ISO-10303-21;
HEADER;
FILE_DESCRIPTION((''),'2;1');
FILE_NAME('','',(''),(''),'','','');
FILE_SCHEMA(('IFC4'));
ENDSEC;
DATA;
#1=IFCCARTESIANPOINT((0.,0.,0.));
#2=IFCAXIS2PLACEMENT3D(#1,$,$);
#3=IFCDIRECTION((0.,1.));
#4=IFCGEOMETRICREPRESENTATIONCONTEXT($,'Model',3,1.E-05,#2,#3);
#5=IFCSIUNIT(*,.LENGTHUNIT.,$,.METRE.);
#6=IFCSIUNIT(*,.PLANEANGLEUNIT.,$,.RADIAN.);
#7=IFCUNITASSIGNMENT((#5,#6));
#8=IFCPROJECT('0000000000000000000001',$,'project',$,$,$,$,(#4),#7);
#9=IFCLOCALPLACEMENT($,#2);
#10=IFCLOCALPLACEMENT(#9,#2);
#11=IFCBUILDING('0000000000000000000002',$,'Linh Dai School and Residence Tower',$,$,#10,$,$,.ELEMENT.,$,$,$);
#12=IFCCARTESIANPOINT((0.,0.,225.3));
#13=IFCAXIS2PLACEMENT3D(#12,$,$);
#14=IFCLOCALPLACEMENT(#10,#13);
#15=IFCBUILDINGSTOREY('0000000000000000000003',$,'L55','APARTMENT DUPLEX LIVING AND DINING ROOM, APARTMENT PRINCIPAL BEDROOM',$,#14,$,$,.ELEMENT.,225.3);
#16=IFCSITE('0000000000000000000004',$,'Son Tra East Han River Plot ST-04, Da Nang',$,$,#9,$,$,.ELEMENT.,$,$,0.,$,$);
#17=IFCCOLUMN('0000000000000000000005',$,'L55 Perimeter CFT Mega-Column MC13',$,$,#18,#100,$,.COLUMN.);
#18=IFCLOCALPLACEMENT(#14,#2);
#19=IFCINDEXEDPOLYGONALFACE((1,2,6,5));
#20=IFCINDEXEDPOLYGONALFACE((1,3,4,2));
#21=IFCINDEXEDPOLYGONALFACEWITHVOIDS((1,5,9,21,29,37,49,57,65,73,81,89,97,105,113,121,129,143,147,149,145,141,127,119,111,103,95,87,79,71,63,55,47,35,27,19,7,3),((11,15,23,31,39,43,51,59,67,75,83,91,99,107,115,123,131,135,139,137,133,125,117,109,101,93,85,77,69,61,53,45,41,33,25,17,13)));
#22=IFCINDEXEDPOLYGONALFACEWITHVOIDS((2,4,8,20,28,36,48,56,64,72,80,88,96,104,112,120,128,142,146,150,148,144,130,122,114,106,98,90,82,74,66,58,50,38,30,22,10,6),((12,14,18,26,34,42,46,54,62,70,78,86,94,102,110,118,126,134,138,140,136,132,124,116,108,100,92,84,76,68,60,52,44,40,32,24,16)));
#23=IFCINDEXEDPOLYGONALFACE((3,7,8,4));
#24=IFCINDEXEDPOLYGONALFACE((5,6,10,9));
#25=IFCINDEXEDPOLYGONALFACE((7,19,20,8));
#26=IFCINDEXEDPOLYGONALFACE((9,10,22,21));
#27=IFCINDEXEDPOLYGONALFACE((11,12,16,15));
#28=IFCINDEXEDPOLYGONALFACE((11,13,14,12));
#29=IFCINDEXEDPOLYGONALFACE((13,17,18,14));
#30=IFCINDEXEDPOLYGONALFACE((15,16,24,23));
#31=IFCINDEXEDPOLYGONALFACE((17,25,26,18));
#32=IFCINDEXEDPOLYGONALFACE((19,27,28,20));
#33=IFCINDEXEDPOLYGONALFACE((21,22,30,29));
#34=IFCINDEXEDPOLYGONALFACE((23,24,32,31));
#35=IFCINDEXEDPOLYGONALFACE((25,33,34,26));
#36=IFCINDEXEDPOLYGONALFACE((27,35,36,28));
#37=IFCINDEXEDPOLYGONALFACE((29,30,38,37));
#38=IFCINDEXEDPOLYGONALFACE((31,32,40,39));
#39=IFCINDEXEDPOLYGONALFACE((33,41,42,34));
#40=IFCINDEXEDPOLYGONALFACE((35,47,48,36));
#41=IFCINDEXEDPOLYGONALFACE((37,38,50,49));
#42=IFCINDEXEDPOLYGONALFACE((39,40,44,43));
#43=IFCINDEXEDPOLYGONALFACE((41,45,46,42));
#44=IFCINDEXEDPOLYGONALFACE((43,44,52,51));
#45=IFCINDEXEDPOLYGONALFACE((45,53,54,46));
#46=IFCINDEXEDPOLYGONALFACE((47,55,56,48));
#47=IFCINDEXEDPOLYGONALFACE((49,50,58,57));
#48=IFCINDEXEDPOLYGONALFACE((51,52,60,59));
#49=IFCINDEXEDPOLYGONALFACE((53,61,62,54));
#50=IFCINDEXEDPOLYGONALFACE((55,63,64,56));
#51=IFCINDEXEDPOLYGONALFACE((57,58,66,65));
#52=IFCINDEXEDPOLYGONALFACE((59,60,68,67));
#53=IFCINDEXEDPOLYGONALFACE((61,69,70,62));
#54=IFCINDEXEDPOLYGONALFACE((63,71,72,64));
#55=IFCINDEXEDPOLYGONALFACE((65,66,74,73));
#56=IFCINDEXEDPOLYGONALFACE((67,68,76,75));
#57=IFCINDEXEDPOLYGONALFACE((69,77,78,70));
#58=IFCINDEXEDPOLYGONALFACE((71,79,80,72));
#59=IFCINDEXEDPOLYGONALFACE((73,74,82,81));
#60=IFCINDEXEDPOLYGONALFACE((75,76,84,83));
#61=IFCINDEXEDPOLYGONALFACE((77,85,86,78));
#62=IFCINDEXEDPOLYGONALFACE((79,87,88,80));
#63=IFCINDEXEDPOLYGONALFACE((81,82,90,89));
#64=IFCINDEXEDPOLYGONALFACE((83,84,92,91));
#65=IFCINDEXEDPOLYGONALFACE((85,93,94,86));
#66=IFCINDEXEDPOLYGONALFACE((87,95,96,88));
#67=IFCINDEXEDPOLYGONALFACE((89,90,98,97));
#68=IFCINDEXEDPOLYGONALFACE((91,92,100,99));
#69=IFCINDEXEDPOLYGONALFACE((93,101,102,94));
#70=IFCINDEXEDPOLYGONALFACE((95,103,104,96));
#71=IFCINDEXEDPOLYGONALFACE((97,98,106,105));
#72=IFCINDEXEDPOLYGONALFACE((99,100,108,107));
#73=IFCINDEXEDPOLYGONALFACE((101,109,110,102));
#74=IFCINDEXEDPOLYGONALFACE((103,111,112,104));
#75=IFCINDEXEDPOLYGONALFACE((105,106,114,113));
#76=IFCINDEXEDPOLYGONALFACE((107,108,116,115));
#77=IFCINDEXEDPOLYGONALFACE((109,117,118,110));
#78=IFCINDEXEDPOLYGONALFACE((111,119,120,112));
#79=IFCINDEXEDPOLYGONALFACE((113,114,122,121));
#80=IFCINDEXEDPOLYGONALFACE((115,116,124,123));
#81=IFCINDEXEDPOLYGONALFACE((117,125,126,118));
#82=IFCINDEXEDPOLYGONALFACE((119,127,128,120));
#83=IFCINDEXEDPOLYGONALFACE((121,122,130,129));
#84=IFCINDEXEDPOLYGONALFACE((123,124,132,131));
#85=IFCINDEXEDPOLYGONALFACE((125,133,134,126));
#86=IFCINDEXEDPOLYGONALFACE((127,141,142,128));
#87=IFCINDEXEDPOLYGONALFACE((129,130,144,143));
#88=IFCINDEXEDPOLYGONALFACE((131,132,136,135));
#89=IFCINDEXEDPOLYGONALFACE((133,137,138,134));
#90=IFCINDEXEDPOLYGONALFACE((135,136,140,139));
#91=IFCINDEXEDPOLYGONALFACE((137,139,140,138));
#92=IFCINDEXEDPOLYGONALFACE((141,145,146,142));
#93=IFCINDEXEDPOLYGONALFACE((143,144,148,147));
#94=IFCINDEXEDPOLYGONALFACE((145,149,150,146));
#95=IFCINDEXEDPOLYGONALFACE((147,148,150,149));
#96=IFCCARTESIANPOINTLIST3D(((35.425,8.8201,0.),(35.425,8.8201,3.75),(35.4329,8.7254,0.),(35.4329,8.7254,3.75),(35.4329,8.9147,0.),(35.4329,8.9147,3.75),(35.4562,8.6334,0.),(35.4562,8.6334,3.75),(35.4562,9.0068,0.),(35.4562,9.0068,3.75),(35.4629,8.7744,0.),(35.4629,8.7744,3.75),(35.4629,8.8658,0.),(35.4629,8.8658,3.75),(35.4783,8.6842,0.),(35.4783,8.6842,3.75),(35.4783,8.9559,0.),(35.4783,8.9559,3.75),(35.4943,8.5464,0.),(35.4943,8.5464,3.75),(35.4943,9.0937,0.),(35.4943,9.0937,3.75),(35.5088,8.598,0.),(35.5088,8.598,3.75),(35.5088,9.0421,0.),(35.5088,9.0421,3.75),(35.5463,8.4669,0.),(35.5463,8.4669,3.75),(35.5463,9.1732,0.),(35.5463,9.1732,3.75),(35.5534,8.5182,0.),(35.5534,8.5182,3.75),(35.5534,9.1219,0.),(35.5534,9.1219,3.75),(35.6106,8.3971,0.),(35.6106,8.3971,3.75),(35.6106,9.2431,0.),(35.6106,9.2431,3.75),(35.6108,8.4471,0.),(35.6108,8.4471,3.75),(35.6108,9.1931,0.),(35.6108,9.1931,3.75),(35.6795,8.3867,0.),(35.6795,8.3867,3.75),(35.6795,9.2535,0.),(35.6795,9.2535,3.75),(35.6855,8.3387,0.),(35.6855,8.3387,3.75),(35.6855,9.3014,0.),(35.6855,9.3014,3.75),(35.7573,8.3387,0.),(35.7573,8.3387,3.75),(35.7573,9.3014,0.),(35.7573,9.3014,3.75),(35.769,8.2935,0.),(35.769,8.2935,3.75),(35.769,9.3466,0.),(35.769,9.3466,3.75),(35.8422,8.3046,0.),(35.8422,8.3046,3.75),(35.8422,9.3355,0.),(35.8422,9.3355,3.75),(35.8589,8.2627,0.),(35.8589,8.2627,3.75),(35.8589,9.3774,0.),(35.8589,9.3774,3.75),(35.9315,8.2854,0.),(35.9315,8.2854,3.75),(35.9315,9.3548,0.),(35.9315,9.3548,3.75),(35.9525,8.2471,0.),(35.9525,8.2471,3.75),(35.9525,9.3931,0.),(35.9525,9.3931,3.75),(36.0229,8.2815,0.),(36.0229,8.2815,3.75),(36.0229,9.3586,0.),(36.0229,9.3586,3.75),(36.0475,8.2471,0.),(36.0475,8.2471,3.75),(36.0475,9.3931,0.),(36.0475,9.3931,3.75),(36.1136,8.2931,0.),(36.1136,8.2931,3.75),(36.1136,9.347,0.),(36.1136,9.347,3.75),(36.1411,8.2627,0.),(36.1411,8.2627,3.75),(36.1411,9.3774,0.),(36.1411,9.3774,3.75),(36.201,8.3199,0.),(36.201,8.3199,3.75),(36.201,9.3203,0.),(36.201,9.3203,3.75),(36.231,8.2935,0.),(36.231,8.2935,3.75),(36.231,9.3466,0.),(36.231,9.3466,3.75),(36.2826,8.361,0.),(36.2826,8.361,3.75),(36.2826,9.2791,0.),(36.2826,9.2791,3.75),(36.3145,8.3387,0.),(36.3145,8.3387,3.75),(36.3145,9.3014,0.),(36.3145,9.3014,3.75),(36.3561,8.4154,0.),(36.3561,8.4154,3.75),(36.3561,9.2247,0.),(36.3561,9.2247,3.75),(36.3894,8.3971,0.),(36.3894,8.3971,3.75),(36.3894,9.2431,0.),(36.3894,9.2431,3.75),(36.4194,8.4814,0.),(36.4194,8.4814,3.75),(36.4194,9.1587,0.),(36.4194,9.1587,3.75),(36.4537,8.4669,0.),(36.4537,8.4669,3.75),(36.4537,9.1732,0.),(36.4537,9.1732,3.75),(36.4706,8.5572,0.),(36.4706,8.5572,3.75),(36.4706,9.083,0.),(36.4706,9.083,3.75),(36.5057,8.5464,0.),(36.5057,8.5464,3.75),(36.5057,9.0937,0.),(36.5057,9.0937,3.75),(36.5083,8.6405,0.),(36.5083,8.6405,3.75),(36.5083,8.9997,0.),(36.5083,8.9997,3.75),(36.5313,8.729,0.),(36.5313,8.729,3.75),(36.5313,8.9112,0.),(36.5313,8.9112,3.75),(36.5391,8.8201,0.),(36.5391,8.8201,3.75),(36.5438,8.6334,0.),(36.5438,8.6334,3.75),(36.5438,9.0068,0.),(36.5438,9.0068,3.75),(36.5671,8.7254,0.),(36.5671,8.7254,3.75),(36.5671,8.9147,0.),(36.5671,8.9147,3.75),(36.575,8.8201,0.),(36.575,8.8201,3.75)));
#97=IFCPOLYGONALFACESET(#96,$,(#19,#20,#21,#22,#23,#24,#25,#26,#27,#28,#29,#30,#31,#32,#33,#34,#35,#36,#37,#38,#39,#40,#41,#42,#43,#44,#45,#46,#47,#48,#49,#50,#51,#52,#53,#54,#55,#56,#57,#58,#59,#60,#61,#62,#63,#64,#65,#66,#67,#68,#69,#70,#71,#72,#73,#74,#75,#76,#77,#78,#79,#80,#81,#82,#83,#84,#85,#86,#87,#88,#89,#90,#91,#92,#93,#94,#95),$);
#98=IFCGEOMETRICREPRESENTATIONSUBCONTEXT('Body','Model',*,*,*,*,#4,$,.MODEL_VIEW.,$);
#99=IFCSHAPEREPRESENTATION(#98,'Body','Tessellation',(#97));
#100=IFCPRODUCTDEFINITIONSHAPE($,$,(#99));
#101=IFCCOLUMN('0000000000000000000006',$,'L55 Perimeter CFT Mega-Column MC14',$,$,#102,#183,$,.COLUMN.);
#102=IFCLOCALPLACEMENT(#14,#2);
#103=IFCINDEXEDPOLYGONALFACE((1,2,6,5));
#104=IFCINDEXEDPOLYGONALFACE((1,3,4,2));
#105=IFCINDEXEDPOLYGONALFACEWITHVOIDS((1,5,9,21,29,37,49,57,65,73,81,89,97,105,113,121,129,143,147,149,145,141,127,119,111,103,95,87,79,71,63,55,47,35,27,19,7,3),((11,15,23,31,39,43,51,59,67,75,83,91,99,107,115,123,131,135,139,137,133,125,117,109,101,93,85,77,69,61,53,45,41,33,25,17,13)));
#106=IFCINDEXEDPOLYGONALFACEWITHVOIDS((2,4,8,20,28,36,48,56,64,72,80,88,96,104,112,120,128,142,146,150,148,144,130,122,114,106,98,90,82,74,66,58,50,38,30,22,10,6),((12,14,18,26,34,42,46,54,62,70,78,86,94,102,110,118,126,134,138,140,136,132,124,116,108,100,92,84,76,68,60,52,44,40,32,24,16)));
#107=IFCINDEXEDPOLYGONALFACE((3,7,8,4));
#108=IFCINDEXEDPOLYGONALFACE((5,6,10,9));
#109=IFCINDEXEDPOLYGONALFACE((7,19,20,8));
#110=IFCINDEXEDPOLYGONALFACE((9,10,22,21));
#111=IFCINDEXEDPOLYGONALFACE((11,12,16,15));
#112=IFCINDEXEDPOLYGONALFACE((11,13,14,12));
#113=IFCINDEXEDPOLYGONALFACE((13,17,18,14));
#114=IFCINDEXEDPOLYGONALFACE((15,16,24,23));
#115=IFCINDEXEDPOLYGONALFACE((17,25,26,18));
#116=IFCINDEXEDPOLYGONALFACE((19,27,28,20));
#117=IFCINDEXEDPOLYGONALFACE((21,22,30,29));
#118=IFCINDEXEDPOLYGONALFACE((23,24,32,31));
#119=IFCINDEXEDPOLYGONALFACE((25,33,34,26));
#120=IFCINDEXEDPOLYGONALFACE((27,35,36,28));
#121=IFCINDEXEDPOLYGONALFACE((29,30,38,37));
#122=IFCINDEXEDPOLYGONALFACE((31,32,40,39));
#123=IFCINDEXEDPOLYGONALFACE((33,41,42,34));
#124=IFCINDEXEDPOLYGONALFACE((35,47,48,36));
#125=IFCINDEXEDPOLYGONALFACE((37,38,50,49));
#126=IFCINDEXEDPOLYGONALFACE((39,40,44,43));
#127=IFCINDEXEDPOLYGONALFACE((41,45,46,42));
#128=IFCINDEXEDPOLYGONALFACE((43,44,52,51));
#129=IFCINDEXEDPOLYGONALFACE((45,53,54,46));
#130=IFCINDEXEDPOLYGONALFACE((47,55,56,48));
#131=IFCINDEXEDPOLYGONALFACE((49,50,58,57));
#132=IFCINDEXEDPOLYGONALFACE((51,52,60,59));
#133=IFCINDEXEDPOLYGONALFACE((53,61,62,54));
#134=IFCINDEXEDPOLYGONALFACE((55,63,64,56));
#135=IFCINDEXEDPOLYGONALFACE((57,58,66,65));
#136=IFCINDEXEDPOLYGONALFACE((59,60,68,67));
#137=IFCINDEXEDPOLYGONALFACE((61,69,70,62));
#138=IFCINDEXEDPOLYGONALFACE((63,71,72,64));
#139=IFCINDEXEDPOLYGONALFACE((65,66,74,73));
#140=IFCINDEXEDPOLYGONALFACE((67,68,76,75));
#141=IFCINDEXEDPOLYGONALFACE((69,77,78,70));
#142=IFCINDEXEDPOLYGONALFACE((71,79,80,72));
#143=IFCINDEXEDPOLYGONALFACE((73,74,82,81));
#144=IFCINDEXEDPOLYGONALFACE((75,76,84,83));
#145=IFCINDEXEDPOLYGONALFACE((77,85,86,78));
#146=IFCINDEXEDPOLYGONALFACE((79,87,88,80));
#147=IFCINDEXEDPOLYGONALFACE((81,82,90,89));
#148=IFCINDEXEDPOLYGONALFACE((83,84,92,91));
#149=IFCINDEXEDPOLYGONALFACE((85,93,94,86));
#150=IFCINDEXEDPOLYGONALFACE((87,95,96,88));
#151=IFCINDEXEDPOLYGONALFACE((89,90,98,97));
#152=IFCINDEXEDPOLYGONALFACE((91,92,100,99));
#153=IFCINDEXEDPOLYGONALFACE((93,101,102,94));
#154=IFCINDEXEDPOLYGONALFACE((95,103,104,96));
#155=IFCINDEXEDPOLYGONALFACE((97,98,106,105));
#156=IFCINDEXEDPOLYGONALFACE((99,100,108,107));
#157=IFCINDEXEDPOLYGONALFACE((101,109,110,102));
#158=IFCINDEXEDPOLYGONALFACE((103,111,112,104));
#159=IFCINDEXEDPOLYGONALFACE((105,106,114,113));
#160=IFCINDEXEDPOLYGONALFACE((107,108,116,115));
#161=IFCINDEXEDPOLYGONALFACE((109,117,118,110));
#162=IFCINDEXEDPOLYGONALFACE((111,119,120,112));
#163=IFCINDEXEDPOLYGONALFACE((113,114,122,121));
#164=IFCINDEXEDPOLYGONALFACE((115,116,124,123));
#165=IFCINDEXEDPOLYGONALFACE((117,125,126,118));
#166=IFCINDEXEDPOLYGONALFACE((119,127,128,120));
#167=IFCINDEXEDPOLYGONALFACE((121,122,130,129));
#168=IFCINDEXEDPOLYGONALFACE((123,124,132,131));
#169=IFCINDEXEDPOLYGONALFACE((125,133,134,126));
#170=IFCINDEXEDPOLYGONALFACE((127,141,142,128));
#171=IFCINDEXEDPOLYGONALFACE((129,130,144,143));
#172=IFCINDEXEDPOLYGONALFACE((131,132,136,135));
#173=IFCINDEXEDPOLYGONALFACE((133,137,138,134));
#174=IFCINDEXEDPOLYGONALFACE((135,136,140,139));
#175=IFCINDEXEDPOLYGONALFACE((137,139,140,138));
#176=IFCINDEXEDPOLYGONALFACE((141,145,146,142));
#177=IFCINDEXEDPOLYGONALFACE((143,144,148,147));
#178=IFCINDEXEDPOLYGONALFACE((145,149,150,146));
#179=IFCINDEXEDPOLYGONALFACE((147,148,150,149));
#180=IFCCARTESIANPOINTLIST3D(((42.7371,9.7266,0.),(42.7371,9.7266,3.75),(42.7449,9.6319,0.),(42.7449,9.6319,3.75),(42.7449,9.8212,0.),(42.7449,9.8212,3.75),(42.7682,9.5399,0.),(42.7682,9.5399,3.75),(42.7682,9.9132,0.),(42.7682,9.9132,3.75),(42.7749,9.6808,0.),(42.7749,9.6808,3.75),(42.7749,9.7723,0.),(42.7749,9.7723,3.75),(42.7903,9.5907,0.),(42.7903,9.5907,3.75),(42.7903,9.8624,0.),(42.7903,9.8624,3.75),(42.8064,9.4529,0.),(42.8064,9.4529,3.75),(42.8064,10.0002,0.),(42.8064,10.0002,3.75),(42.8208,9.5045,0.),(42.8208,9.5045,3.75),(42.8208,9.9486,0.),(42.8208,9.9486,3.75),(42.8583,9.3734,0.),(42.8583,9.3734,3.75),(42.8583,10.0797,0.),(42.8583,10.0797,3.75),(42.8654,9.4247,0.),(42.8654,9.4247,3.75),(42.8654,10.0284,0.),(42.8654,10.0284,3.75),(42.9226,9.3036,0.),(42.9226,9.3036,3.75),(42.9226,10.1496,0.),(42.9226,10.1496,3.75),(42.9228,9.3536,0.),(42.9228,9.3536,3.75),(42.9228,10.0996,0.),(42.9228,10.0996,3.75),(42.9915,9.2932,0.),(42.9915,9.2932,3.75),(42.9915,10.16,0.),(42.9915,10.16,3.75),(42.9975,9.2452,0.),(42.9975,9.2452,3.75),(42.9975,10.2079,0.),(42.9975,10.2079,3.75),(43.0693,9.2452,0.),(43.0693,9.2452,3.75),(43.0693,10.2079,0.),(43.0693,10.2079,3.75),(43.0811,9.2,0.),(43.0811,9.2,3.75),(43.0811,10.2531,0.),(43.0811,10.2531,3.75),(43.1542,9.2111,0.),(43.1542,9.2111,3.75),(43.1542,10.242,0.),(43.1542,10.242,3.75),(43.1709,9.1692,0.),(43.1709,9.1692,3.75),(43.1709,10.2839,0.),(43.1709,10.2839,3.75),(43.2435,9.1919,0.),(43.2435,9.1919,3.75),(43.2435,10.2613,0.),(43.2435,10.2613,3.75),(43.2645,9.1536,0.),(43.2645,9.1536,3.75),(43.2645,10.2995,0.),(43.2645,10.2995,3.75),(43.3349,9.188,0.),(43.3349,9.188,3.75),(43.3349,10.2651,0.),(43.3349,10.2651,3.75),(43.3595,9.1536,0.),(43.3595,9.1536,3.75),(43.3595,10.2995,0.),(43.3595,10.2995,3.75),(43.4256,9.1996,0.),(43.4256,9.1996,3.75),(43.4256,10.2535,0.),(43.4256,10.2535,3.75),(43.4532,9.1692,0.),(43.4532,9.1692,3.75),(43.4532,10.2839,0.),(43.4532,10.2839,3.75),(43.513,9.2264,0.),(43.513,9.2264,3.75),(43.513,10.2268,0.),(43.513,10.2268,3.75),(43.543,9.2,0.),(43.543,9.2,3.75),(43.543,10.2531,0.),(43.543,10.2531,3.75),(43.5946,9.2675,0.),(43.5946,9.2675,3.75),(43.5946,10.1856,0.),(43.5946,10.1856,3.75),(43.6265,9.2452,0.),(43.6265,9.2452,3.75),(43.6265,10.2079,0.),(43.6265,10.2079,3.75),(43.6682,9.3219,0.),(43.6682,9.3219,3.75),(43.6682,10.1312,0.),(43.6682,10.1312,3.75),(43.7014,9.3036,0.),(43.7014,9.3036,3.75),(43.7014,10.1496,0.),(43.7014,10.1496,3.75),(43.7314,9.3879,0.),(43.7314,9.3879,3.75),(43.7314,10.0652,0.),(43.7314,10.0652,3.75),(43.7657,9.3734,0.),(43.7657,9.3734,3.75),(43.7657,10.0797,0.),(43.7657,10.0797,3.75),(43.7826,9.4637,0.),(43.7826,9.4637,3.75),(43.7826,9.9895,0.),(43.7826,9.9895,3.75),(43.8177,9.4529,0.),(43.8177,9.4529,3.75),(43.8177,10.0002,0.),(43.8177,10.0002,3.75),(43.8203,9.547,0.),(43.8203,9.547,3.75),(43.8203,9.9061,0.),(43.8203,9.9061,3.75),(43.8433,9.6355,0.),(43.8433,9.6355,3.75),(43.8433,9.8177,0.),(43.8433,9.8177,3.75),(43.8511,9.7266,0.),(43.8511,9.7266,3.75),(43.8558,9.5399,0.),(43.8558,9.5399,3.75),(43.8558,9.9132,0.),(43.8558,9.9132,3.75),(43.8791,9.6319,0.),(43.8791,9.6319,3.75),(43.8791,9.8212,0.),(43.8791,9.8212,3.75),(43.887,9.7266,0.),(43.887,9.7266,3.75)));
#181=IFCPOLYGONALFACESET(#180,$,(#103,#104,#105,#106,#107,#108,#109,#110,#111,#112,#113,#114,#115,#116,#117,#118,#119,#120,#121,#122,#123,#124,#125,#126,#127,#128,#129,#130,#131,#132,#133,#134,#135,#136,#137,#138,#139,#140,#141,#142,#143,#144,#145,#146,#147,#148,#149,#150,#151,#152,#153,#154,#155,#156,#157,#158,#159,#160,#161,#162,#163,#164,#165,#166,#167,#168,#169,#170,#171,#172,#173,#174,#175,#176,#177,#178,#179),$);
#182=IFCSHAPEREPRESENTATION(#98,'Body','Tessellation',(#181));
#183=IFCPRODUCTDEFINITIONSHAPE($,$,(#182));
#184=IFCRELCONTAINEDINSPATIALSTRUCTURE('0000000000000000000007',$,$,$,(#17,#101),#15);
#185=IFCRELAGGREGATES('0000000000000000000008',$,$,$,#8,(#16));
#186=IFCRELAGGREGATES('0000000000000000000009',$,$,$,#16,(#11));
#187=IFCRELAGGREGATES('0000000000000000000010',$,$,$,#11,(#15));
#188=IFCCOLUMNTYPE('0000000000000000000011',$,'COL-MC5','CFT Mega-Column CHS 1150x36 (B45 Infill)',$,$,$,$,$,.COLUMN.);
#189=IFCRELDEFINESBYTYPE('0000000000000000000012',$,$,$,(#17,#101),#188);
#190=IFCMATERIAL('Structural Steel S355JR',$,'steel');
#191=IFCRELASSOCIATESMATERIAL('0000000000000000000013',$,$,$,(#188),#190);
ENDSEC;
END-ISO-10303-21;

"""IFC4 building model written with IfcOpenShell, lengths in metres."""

from ifc_helpers import new_model, si_unit, direction, frame, origin, origin_2d, place, context, subcontext, project, spatial, hollow_circle, extrude, material, material_profile, profile_set, type_object, element, save


model = new_model("IFC4")

# Units and contexts
model_context = context("Model", 3, precision=1e-05, world=origin(), true_north=direction((0.0, 1.0)))
body_context = subcontext(model_context, "Body", "Model", "MODEL_VIEW")
ifc_project = project(units=[si_unit("LENGTHUNIT", "METRE"), si_unit("PLANEANGLEUNIT", "RADIAN")], contexts=[model_context])

# Site, building, storey
site_placement = place(None, origin())
site = spatial("IfcSite", under=ifc_project, at=site_placement, Name="Son Tra East Han River Plot ST-04, Da Nang", CompositionType="ELEMENT", RefElevation=0.0)
building_placement = place(site_placement, origin())
building = spatial("IfcBuilding", under=site, at=building_placement, Name="Linh Dai School and Residence Tower", CompositionType="ELEMENT")
storey_placement = place(building_placement, frame((0.0, 0.0, 225.3)))
storey = spatial("IfcBuildingStorey", under=building, at=storey_placement, Name="L55", Description="APARTMENT DUPLEX LIVING AND DINING ROOM, APARTMENT PRINCIPAL BEDROOM", CompositionType="ELEMENT", Elevation=225.3)

# Columns
ifc_material_1 = material(Name="Structural Steel S355JR", Category="steel")
ifc_material_profile_1 = material_profile(ifc_material_1, hollow_circle(Radius=0.575, WallThickness=0.0359, at=origin_2d()), Name="CHS 1150x36")
ifc_profile_set_1 = profile_set([ifc_material_profile_1], Name="Structural Steel S355JR")
column_type = type_object("IfcColumnType", Name="COL-MC5", Description="CFT Mega-Column CHS 1150x36 (B45 Infill)", PredefinedType="COLUMN", material=ifc_profile_set_1)
for number, where, z_axis, x_axis, name in (
    (1, (36.0, 8.8201, 0.0), (0.0, 0.0, 1.0), (1.0, 0.0, 0.0), "L55 Perimeter CFT Mega-Column MC13"),
    (2, (43.312, 9.7266, 0.0), (0.0, 0.0, 1.0), (1.0, 0.0, 0.0), "L55 Perimeter CFT Mega-Column MC14"),
):
    element("IfcColumn", number, at=place(storey_placement, frame(where, z_axis=z_axis, x_axis=x_axis)), inside=storey, type_object=column_type, Name=name, PredefinedType="COLUMN", context=body_context, shape_type="SweptSolid", body=[
        extrude(hollow_circle(Radius=0.575, WallThickness=0.0359, at=origin_2d()), origin(), (0.0, 0.0, 1.0), 3.75),
    ])

save(model, "model.ifc")
